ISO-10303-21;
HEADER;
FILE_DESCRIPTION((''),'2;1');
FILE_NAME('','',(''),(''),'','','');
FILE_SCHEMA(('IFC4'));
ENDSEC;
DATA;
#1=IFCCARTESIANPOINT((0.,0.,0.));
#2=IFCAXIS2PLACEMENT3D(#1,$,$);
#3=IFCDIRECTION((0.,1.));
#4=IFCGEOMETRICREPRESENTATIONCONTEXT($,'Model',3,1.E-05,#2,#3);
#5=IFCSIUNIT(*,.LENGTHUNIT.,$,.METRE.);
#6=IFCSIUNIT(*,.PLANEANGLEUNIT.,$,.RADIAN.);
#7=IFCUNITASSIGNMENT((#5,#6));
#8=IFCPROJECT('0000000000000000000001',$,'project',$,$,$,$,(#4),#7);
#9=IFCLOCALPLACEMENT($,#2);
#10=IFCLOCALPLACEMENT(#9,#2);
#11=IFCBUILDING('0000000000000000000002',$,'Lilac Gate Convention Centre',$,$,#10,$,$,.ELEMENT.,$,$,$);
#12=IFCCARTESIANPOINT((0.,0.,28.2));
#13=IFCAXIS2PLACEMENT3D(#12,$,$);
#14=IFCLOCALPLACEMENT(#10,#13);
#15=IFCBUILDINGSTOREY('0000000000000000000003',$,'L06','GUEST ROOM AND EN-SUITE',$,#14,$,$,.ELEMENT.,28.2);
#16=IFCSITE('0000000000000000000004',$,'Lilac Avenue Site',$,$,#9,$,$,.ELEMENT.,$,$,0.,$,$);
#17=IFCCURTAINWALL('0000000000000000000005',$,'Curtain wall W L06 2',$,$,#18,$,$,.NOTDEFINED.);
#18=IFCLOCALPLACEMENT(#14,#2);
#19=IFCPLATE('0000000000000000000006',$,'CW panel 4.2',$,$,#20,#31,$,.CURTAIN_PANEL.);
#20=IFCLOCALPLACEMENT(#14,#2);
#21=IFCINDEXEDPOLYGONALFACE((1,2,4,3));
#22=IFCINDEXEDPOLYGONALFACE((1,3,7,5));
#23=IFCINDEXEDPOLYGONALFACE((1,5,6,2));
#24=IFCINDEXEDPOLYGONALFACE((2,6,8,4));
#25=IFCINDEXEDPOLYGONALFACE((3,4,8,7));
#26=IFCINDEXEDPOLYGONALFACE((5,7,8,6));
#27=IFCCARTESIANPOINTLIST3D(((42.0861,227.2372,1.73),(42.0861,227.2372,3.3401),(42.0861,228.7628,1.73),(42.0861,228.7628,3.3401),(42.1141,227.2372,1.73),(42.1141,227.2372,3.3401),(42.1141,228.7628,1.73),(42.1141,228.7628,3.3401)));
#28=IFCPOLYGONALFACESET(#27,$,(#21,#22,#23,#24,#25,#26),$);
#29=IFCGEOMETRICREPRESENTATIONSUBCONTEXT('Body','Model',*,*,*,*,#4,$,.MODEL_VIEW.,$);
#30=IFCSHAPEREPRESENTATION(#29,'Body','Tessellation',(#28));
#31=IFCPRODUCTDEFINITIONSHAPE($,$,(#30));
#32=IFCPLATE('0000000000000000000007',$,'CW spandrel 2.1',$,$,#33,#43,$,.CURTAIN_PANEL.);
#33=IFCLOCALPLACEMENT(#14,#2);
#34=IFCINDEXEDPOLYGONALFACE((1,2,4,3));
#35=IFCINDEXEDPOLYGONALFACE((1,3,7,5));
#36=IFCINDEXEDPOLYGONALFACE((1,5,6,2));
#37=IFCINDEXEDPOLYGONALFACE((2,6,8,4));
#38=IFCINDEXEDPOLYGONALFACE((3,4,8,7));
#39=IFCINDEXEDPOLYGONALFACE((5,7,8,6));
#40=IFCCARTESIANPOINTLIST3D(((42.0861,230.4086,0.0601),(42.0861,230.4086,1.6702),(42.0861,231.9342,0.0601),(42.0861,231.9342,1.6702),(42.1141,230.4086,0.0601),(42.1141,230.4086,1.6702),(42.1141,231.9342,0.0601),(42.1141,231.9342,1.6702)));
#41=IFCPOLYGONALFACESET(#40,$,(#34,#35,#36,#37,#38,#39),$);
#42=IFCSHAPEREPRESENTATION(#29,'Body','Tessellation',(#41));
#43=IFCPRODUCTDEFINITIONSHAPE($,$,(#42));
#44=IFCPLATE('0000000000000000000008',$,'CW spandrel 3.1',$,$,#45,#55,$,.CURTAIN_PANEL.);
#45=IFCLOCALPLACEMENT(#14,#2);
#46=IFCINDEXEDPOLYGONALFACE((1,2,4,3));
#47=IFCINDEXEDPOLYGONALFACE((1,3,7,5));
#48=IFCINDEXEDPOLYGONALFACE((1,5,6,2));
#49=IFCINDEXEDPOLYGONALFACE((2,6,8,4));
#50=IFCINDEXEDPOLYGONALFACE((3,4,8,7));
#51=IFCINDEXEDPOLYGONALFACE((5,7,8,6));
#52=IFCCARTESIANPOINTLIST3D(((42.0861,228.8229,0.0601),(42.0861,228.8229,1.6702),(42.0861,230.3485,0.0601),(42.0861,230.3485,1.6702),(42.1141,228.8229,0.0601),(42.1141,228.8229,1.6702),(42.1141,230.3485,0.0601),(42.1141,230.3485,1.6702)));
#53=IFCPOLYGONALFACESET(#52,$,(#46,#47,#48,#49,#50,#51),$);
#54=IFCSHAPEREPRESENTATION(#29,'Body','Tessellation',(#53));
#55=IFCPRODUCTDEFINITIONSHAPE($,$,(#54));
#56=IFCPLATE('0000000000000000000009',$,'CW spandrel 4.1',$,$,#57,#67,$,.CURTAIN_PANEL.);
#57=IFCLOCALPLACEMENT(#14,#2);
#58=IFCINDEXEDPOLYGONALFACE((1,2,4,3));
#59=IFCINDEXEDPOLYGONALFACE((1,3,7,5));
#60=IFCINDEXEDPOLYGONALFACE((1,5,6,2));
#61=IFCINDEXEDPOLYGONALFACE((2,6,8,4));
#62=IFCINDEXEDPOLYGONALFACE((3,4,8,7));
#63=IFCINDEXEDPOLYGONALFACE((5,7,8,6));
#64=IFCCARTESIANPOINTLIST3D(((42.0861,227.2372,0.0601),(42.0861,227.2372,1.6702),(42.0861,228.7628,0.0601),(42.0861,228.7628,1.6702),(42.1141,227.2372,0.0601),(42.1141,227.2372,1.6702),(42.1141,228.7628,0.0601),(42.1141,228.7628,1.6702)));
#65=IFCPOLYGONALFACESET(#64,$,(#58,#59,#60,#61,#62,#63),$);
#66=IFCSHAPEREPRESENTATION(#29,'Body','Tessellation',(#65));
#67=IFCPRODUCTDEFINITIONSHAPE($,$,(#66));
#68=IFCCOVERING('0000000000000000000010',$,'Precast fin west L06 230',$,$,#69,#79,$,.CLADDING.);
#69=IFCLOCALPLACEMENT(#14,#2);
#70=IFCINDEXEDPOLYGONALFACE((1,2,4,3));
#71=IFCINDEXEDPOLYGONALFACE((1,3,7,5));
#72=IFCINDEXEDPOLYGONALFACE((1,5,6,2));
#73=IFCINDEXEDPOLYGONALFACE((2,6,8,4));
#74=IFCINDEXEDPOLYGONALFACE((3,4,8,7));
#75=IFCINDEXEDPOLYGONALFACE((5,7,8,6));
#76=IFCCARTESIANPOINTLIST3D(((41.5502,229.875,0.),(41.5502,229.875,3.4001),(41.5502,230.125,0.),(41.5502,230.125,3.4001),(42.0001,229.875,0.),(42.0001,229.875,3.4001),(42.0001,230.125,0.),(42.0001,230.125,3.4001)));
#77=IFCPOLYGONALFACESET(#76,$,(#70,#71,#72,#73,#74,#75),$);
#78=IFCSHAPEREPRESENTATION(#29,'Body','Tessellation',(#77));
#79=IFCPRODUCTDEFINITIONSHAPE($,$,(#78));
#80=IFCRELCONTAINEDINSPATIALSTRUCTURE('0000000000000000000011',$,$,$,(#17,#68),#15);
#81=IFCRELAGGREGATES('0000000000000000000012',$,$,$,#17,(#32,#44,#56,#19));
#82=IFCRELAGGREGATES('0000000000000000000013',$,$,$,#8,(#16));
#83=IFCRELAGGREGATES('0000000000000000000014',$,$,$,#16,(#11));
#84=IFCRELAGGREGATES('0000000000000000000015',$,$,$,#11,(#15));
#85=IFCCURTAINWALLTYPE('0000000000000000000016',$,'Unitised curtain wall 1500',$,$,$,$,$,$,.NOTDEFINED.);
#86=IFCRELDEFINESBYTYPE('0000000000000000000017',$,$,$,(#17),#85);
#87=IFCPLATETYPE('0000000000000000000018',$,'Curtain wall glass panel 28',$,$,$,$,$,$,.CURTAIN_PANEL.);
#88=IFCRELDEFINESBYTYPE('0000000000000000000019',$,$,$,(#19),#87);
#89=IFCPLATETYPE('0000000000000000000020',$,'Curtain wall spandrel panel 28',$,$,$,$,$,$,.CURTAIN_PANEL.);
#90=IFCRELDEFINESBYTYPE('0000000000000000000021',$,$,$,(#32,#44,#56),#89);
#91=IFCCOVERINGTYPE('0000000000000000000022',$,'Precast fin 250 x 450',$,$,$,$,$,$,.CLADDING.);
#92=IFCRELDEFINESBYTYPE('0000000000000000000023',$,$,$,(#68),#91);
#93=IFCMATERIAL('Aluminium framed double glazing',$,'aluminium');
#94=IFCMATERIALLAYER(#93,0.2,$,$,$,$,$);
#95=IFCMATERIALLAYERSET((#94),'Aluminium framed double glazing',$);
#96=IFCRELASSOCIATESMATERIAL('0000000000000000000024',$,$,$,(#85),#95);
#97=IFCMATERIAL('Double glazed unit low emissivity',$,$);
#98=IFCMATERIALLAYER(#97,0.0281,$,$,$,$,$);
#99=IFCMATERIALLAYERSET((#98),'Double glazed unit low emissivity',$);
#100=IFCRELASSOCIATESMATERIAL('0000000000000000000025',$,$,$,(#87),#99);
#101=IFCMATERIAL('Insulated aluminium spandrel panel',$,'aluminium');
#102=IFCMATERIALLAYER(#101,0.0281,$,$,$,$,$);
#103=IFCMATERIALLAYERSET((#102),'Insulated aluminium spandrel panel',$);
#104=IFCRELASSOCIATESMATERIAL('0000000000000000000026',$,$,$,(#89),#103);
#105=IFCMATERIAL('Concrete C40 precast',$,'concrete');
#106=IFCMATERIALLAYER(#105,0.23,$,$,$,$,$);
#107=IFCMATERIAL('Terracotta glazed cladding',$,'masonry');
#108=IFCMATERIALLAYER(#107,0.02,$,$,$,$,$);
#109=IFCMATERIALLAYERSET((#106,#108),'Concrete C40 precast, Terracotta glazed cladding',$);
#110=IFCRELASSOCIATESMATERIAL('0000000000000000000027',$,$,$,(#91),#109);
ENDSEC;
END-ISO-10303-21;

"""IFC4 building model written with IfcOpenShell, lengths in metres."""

from ifc_helpers import new_model, si_unit, direction, frame, frame_2d, origin, origin_2d, place, context, subcontext, project, spatial, rectangle, extrude, material, layer, layer_set, type_object, element, aggregate, save


model = new_model("IFC4")

# Units and contexts
model_context = context("Model", 3, precision=1e-05, world=origin(), true_north=direction((0.0, 1.0)))
body_context = subcontext(model_context, "Body", "Model", "MODEL_VIEW")
ifc_project = project(units=[si_unit("LENGTHUNIT", "METRE"), si_unit("PLANEANGLEUNIT", "RADIAN")], contexts=[model_context])

# Site, building, storey
site_placement = place(None, origin())
site = spatial("IfcSite", under=ifc_project, at=site_placement, Name="Lilac Avenue Site", CompositionType="ELEMENT", RefElevation=0.0)
building_placement = place(site_placement, origin())
building = spatial("IfcBuilding", under=site, at=building_placement, Name="Lilac Gate Convention Centre", CompositionType="ELEMENT")
storey_placement = place(building_placement, frame((0.0, 0.0, 28.2)))
storey = spatial("IfcBuildingStorey", under=building, at=storey_placement, Name="L06", Description="GUEST ROOM AND EN-SUITE", CompositionType="ELEMENT", Elevation=28.2)

# Curtain wall, plates
ifc_material_1 = material(Name="Aluminium framed double glazing", Category="aluminium")
ifc_layer_1 = layer(ifc_material_1, 0.2)
ifc_layer_set_1 = layer_set([ifc_layer_1], Name="Aluminium framed double glazing")
curtain_wall_type = type_object("IfcCurtainWallType", Name="Unitised curtain wall 1500", PredefinedType="NOTDEFINED", material=ifc_layer_set_1)
curtain_wall_placement = place(storey_placement, origin())
curtain_wall = element("IfcCurtainWall", 1, at=curtain_wall_placement, inside=storey, type_object=curtain_wall_type, Name="Curtain wall W L06 2", PredefinedType="NOTDEFINED")
ifc_material_2 = material(Name="Double glazed unit low emissivity")
ifc_layer_2 = layer(ifc_material_2, 0.0281)
ifc_layer_set_2 = layer_set([ifc_layer_2], Name="Double glazed unit low emissivity")
plate_type_1 = type_object("IfcPlateType", Name="Curtain wall glass panel 28", PredefinedType="CURTAIN_PANEL", material=ifc_layer_set_2)
plate_1_placement = place(storey_placement, frame((42.1001, 228.0, 1.73), z_axis=(0.0, 0.0, 1.0), x_axis=(0.0, -1.0, 0.0)))
plate_1 = element("IfcPlate", 2, at=plate_1_placement, type_object=plate_type_1, Name="CW panel 4.2", PredefinedType="CURTAIN_PANEL", context=body_context, shape_type="SweptSolid", body=[
    extrude(rectangle(XDim=1.5256, YDim=0.0281, at=origin_2d()), origin(), (0.0, 0.0, 1.0), 1.6101),
])
ifc_material_3 = material(Name="Insulated aluminium spandrel panel", Category="aluminium")
ifc_layer_3 = layer(ifc_material_3, 0.0281)
ifc_layer_set_3 = layer_set([ifc_layer_3], Name="Insulated aluminium spandrel panel")
plate_type_2 = type_object("IfcPlateType", Name="Curtain wall spandrel panel 28", PredefinedType="CURTAIN_PANEL", material=ifc_layer_set_3)
plate_2_placement = place(storey_placement, frame((42.1001, 231.1714, 0.0601), z_axis=(0.0, 0.0, 1.0), x_axis=(0.0, -1.0, 0.0)))
plate_2 = element("IfcPlate", 3, at=plate_2_placement, type_object=plate_type_2, Name="CW spandrel 2.1", PredefinedType="CURTAIN_PANEL", context=body_context, shape_type="SweptSolid", body=[
    extrude(rectangle(XDim=1.5256, YDim=0.0281, at=origin_2d()), origin(), (0.0, 0.0, 1.0), 1.6101),
])
plate_3_placement = place(storey_placement, frame((42.1001, 229.5857, 0.0601), z_axis=(0.0, 0.0, 1.0), x_axis=(0.0, -1.0, 0.0)))
plate_3 = element("IfcPlate", 4, at=plate_3_placement, type_object=plate_type_2, Name="CW spandrel 3.1", PredefinedType="CURTAIN_PANEL", context=body_context, shape_type="SweptSolid", body=[
    extrude(rectangle(XDim=1.5256, YDim=0.0281, at=origin_2d()), origin(), (0.0, 0.0, 1.0), 1.6101),
])
plate_4_placement = place(storey_placement, frame((42.1001, 228.0, 0.0601), z_axis=(0.0, 0.0, 1.0), x_axis=(0.0, -1.0, 0.0)))
plate_4 = element("IfcPlate", 5, at=plate_4_placement, type_object=plate_type_2, Name="CW spandrel 4.1", PredefinedType="CURTAIN_PANEL", context=body_context, shape_type="SweptSolid", body=[
    extrude(rectangle(XDim=1.5256, YDim=0.0281, at=origin_2d()), origin(), (0.0, 0.0, 1.0), 1.6101),
])
aggregate(curtain_wall, [plate_2, plate_3, plate_4, plate_1])

# Covering
ifc_material_4 = material(Name="Concrete C40 precast", Category="concrete")
ifc_layer_4 = layer(ifc_material_4, 0.23)
ifc_material_5 = material(Name="Terracotta glazed cladding", Category="masonry")
ifc_layer_5 = layer(ifc_material_5, 0.02)
ifc_layer_set_4 = layer_set([ifc_layer_4, ifc_layer_5], Name="Concrete C40 precast, Terracotta glazed cladding")
covering_type = type_object("IfcCoveringType", Name="Precast fin 250 x 450", PredefinedType="CLADDING", material=ifc_layer_set_4)
covering_placement = place(storey_placement, frame((41.55, 230.0, 0.0), z_axis=(0.0, 0.0, 1.0), x_axis=(1.0, 0.0, 0.0)))
element("IfcCovering", 6, at=covering_placement, inside=storey, type_object=covering_type, Name="Precast fin west L06 230", PredefinedType="CLADDING", context=body_context, shape_type="SweptSolid", body=[
    extrude(rectangle(XDim=0.45, YDim=0.25, at=frame_2d((0.2251, 0.0))), origin(), (0.0, 0.0, 1.0), 3.4001),
])

save(model, "model.ifc")
